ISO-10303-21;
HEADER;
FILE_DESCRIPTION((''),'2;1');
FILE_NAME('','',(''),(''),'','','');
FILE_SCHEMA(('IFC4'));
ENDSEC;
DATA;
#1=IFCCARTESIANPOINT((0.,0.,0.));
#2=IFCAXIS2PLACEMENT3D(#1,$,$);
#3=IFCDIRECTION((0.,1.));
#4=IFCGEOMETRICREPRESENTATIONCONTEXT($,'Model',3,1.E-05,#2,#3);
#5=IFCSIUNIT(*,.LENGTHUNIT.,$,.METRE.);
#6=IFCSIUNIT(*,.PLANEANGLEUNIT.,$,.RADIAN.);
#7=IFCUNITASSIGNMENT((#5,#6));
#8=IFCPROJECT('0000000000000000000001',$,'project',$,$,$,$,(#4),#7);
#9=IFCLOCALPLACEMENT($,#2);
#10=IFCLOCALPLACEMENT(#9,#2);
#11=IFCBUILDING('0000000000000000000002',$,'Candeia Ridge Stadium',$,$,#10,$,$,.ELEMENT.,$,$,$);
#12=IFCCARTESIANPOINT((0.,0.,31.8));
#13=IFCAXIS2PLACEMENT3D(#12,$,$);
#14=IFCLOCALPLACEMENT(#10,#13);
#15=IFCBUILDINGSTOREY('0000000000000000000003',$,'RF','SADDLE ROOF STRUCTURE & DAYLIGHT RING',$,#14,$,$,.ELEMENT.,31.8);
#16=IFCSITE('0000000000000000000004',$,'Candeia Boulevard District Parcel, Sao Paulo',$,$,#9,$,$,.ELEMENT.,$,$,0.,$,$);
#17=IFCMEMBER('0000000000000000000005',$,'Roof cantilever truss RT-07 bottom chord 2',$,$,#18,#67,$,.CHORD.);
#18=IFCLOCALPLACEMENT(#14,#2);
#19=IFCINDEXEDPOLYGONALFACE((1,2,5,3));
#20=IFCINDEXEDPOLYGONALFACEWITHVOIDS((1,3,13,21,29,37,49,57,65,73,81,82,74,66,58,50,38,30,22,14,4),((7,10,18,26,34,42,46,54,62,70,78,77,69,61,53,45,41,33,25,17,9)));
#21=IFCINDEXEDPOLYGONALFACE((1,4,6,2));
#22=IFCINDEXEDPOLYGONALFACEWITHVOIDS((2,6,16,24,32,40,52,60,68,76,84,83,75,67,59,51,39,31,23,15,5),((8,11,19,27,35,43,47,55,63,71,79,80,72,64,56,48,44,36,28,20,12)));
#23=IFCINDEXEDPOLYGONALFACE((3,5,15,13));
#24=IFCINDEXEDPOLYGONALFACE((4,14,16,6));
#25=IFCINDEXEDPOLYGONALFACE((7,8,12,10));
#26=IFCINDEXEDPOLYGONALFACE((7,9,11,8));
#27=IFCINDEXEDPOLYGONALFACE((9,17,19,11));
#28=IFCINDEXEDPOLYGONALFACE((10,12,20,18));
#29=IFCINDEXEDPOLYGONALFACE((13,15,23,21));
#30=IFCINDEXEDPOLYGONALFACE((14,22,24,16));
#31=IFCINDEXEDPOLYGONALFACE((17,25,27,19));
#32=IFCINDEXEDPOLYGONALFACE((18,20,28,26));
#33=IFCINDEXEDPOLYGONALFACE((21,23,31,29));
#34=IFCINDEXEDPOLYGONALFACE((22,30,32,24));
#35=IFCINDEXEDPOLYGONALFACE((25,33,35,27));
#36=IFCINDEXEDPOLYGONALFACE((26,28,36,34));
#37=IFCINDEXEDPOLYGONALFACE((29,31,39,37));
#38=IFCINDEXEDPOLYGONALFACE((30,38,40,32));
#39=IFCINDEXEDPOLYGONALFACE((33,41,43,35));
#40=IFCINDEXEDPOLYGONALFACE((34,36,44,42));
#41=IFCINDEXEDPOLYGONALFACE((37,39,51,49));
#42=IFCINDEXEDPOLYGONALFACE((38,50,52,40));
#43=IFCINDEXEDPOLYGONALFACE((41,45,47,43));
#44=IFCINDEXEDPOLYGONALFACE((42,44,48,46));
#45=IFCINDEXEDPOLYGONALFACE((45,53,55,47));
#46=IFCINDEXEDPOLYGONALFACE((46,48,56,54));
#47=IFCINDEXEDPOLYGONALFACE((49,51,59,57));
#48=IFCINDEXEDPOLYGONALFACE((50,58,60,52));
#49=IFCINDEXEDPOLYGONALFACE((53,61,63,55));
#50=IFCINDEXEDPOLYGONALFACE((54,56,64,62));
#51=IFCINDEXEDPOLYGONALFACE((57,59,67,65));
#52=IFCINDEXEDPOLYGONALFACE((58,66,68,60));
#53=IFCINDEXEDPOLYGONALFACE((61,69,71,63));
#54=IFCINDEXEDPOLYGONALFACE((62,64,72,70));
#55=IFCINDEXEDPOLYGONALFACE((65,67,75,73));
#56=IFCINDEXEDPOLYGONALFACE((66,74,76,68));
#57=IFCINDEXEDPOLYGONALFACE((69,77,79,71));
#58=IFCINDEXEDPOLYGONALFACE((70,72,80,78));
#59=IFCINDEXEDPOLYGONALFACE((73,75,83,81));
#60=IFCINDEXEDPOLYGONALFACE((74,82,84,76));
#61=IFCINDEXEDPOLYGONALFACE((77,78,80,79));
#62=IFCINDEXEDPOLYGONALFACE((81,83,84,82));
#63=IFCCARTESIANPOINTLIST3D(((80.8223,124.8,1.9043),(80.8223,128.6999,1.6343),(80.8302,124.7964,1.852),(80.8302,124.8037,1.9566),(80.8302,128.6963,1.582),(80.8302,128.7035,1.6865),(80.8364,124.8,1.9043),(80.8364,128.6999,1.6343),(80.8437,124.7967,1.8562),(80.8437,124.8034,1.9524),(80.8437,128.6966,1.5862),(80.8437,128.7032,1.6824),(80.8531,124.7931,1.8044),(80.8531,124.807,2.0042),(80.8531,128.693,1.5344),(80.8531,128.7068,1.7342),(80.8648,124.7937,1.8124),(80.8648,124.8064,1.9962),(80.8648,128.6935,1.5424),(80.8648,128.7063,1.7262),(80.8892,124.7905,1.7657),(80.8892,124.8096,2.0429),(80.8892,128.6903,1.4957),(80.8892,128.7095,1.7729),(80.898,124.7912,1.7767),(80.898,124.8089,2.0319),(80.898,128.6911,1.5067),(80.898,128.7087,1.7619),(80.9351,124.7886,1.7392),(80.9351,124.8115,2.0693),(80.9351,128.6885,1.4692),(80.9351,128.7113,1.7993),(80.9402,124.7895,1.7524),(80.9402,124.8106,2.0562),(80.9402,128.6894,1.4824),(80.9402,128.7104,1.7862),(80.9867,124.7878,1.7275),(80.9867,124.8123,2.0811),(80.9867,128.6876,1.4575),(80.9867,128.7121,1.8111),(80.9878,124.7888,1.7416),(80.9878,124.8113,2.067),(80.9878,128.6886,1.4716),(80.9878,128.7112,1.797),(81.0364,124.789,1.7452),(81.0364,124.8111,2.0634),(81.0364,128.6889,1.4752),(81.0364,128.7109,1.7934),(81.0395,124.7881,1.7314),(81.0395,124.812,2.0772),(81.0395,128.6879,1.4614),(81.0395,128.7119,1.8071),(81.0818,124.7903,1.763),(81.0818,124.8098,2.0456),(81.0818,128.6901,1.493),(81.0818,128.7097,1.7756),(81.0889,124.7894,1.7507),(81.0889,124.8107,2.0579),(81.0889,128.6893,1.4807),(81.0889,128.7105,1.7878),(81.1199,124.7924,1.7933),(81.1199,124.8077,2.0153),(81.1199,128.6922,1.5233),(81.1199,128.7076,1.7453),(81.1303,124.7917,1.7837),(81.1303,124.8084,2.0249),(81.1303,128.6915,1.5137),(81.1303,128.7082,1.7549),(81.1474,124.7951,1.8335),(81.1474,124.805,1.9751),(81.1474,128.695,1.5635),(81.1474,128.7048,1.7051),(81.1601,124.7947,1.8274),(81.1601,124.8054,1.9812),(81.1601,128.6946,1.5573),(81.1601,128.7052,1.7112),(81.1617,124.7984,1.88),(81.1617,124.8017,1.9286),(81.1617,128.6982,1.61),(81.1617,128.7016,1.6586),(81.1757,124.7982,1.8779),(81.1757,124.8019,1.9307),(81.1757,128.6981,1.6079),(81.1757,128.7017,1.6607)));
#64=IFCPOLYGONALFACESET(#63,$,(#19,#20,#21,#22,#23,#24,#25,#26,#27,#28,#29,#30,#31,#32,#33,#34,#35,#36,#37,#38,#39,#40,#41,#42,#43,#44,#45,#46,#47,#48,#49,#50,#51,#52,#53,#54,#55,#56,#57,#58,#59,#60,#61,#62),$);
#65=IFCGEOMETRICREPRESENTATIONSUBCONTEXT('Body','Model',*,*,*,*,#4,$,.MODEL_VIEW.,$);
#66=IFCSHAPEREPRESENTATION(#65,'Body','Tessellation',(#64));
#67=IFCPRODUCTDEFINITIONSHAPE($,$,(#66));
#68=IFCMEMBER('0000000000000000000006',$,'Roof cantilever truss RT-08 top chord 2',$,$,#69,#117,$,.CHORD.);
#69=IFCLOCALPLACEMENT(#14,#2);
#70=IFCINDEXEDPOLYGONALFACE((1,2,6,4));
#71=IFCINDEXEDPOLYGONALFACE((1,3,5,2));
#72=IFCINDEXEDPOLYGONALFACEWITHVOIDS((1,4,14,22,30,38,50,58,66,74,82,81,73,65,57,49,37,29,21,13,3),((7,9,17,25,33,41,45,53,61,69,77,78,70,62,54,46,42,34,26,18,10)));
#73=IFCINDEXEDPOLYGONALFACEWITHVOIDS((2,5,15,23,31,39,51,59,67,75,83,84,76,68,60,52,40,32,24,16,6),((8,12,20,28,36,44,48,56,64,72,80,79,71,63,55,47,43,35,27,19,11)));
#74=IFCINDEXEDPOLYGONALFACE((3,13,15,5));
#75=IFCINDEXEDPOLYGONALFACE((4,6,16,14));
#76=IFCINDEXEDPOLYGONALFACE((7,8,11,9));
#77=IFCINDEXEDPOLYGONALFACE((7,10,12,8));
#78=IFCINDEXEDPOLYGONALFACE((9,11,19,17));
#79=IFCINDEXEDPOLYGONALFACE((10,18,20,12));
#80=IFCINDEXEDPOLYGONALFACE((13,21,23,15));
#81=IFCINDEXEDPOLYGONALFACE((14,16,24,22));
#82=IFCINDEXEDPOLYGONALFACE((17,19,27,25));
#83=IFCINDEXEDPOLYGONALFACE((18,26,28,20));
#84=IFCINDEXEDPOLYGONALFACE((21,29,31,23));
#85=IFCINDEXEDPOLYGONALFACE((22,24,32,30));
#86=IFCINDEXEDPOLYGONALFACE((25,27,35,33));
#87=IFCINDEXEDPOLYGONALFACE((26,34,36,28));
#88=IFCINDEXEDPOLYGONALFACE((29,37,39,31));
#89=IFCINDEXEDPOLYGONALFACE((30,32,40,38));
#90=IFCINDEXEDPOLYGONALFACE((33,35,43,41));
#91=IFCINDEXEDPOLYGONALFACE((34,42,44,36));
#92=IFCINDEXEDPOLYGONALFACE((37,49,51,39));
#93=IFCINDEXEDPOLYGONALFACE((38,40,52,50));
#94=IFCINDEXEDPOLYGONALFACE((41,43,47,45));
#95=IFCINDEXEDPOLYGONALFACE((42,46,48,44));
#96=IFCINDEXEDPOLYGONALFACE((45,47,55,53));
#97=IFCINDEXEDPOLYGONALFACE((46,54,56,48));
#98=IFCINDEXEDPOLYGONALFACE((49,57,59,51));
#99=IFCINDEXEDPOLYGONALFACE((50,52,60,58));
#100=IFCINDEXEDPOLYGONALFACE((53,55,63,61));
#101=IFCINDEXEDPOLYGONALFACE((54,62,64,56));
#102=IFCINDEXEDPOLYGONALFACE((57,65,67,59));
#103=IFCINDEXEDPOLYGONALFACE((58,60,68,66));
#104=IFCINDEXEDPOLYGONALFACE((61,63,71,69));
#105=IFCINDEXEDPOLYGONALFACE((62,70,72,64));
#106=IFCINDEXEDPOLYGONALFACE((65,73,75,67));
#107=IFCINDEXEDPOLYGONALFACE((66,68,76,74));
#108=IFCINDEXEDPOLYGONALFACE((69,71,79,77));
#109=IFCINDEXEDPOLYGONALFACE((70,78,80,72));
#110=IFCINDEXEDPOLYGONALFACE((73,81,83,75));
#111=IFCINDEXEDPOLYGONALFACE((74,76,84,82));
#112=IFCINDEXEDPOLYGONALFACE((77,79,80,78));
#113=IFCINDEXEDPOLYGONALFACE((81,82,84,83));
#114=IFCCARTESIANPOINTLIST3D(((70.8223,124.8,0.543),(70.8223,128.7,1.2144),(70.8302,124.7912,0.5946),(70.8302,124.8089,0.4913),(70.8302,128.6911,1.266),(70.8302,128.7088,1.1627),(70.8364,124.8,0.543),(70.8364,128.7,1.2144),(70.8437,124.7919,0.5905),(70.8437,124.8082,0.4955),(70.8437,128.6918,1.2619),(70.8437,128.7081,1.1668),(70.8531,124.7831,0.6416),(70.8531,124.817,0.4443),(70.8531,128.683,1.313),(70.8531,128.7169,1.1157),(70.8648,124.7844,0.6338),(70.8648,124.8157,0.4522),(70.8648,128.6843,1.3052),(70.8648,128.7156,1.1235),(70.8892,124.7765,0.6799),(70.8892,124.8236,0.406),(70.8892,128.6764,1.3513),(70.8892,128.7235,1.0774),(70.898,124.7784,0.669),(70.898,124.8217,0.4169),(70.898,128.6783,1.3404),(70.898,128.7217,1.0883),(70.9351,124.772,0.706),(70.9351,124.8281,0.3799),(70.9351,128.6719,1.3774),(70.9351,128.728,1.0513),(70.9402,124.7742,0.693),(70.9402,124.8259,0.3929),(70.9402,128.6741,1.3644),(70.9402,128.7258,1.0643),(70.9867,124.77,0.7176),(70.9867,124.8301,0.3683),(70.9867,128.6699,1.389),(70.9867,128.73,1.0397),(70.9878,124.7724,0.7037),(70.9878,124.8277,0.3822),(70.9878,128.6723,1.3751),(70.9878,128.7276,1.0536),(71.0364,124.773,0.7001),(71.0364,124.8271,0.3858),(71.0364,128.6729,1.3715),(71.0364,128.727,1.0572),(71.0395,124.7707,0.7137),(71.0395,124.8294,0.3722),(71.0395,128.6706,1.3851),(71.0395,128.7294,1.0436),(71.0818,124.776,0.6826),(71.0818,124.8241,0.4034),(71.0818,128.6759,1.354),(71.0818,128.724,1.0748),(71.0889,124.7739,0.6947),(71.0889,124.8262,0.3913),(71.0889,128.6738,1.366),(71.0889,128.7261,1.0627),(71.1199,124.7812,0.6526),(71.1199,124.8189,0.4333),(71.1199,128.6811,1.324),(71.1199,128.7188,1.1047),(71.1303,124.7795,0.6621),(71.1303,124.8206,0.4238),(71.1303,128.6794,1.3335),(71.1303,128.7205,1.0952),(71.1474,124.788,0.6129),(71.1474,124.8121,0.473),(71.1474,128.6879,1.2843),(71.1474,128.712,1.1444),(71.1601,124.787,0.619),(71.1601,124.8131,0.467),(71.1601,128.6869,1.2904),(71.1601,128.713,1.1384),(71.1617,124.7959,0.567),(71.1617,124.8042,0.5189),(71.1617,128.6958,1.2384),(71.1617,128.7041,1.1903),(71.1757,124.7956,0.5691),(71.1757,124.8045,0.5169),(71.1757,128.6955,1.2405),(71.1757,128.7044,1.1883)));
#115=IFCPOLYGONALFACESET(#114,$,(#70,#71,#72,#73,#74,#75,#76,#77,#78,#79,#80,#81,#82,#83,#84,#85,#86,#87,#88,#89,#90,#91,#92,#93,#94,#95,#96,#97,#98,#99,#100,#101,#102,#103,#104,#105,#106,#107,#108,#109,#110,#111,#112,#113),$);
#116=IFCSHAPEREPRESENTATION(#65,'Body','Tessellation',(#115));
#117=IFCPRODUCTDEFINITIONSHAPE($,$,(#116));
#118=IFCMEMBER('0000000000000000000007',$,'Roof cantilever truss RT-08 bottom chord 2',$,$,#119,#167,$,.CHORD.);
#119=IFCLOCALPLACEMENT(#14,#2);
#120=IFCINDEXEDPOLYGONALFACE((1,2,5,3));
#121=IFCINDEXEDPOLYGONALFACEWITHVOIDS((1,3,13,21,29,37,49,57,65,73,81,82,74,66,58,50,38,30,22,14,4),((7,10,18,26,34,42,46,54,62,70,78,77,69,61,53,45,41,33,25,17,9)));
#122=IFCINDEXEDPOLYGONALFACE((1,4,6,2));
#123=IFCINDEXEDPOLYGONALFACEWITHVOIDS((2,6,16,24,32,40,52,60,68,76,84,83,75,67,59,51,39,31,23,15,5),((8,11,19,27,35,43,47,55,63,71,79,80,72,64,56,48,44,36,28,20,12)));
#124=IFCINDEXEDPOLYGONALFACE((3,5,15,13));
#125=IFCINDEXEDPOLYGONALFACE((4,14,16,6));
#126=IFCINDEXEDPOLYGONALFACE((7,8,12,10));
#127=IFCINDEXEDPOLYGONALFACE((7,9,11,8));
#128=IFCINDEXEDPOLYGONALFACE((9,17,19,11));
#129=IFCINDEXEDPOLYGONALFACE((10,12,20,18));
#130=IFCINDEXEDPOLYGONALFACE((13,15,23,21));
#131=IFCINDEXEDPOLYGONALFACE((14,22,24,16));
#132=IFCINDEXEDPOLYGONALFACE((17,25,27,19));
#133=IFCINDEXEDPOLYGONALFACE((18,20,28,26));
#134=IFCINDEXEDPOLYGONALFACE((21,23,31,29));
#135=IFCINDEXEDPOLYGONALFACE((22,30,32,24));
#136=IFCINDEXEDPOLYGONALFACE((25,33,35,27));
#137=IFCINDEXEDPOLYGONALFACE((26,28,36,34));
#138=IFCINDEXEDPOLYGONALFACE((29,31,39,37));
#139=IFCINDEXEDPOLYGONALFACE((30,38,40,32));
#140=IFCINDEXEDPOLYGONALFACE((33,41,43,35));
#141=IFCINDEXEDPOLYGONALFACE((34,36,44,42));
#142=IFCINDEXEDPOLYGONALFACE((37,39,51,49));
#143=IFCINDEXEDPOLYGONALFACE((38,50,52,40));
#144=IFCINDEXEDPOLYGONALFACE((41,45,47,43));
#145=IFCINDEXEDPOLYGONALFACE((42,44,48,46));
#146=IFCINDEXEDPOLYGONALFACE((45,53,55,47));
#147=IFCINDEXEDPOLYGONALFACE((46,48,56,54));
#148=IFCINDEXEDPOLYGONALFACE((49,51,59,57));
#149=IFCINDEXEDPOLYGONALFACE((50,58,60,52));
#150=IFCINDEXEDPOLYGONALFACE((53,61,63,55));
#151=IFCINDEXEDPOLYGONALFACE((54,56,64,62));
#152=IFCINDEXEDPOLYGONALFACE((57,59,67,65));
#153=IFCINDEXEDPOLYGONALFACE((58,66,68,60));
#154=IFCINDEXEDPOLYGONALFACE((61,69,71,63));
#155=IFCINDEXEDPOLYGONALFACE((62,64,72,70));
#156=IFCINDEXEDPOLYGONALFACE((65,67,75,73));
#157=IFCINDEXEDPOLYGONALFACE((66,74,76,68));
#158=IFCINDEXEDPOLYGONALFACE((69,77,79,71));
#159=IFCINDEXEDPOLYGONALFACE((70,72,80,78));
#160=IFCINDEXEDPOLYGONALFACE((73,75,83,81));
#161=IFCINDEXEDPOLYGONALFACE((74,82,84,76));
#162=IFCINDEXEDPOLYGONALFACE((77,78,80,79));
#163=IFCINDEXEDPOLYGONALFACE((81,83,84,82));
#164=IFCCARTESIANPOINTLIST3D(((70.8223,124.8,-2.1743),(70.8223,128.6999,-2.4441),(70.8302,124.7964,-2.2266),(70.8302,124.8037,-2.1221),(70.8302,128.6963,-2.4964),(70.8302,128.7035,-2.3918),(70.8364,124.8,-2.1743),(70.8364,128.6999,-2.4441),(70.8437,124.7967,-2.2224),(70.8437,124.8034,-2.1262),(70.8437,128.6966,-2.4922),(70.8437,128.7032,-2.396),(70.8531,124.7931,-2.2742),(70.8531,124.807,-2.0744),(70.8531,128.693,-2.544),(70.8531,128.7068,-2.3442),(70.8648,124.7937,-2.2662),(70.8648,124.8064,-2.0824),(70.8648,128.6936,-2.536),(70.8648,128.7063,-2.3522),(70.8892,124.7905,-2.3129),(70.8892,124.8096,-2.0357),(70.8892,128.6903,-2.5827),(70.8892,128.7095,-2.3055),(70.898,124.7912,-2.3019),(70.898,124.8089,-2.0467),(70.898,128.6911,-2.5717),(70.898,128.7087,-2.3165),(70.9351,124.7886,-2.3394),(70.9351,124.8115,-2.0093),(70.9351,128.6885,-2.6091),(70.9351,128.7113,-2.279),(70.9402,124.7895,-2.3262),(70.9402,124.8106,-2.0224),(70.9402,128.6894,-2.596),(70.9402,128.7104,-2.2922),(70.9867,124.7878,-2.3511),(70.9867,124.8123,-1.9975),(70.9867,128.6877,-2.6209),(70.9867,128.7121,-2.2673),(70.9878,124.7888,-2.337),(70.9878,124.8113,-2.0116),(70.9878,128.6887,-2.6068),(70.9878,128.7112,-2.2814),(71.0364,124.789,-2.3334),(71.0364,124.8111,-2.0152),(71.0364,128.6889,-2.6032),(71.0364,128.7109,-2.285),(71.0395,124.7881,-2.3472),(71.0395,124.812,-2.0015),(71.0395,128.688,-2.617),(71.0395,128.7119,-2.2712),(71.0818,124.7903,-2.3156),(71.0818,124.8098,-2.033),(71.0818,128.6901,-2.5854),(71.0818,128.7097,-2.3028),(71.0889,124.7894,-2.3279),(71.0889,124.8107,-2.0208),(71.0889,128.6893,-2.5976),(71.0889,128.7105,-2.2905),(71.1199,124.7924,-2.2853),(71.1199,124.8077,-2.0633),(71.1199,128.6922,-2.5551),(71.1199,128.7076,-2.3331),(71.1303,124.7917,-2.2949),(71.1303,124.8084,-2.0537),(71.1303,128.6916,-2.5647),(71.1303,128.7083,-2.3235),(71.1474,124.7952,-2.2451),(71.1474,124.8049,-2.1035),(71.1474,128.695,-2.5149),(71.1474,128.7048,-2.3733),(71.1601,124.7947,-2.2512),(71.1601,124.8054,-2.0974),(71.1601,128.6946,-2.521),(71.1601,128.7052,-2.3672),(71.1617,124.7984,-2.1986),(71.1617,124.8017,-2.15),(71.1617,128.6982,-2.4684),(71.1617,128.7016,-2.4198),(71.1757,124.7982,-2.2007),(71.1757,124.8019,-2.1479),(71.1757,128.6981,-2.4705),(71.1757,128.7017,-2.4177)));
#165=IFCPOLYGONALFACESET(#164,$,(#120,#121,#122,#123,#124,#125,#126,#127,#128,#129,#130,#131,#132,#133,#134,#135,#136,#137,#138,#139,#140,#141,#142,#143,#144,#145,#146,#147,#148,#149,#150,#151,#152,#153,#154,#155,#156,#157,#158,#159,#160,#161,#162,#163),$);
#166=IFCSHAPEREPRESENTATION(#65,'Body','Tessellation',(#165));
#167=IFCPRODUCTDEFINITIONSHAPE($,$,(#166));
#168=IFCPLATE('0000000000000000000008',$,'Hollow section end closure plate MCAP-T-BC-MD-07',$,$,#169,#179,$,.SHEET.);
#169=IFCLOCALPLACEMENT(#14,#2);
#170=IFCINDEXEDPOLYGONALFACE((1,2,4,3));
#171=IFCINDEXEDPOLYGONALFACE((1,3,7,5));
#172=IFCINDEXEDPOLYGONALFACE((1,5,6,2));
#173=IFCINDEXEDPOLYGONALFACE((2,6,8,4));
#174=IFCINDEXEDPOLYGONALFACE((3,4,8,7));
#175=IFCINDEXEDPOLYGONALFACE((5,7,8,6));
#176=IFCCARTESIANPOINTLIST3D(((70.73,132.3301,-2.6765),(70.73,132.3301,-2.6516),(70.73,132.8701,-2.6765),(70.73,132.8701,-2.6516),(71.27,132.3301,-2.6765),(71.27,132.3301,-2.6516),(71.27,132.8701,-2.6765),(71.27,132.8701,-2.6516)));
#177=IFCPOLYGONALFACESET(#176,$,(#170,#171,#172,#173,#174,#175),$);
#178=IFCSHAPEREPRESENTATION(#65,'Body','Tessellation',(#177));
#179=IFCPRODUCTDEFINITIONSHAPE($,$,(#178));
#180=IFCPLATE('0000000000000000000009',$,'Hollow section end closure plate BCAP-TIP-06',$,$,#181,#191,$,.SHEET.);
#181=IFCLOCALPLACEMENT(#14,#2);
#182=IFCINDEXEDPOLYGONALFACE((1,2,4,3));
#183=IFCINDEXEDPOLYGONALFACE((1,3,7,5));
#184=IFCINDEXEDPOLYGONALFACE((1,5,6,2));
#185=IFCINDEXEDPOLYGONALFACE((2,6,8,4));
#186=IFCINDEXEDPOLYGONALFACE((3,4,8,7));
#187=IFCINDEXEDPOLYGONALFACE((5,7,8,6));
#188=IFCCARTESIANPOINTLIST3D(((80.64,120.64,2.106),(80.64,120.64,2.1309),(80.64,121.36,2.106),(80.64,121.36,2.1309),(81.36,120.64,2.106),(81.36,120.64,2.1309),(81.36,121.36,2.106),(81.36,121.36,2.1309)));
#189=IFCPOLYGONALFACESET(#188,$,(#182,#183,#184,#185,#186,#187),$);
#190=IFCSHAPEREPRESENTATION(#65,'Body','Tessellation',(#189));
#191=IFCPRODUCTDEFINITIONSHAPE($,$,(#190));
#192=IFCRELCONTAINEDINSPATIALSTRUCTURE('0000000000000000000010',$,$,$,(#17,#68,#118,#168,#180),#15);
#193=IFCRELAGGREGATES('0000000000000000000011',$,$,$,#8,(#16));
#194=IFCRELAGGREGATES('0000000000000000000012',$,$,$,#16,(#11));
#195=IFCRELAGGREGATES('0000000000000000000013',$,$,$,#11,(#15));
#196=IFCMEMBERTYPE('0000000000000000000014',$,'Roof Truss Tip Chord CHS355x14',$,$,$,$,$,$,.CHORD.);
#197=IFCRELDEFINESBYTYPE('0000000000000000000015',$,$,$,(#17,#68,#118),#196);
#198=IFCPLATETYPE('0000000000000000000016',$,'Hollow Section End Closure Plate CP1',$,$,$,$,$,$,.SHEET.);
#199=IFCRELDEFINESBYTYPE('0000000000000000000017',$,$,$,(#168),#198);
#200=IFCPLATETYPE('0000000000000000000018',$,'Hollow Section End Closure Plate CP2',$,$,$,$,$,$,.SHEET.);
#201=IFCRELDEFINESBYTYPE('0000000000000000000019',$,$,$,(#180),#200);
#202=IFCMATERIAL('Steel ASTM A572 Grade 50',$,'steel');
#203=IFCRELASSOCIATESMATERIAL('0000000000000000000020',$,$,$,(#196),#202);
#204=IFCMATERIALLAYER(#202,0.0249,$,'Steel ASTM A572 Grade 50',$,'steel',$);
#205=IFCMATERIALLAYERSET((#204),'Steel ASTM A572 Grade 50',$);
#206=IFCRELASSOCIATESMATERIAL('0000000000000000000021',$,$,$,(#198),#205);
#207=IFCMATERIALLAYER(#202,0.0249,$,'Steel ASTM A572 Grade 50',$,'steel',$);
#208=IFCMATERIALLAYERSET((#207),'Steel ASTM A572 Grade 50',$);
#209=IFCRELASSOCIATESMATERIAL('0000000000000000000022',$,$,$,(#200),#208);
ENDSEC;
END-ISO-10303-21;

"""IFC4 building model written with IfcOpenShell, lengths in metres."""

from ifc_helpers import new_model, si_unit, direction, frame, origin, origin_2d, place, context, subcontext, project, spatial, rectangle, hollow_circle, extrude, material, layer, layer_set, material_profile, profile_set, type_object, element, save


model = new_model("IFC4")

# Units and contexts
model_context = context("Model", 3, precision=1e-05, world=origin(), true_north=direction((0.0, 1.0)))
body_context = subcontext(model_context, "Body", "Model", "MODEL_VIEW")
ifc_project = project(units=[si_unit("LENGTHUNIT", "METRE"), si_unit("PLANEANGLEUNIT", "RADIAN")], contexts=[model_context])

# Site, building, storey
site_placement = place(None, origin())
site = spatial("IfcSite", under=ifc_project, at=site_placement, Name="Candeia Boulevard District Parcel, Sao Paulo", CompositionType="ELEMENT", RefElevation=0.0)
building_placement = place(site_placement, origin())
building = spatial("IfcBuilding", under=site, at=building_placement, Name="Candeia Ridge Stadium", CompositionType="ELEMENT")
storey_placement = place(building_placement, frame((0.0, 0.0, 31.8)))
storey = spatial("IfcBuildingStorey", under=building, at=storey_placement, Name="RF", Description="SADDLE ROOF STRUCTURE & DAYLIGHT RING", CompositionType="ELEMENT", Elevation=31.8)

# Shared definitions
ifc_material_1 = material(Name="Steel ASTM A572 Grade 50", Category="steel")

# Members
ifc_material_profile_1 = material_profile(ifc_material_1, hollow_circle(Radius=0.1777, WallThickness=0.0142, at=origin_2d()), Name="CHS355x14", Category="steel")
ifc_profile_set_1 = profile_set([ifc_material_profile_1], Name="Steel ASTM A572 Grade 50")
member_type_1 = type_object("IfcMemberType", Name="Roof Truss Tip Chord CHS355x14", PredefinedType="CHORD", material=ifc_profile_set_1)
member_1_placement = place(storey_placement, frame((81.0, 124.8, 1.9043), z_axis=(0.0, 0.997612, -0.069072), x_axis=(-1.0, 0.0, 0.0)))
element("IfcMember", 1, at=member_1_placement, inside=storey, type_object=member_type_1, Name="Roof cantilever truss RT-07 bottom chord 2", PredefinedType="CHORD", context=body_context, shape_type="SweptSolid", body=[
    extrude(hollow_circle(Radius=0.1777, WallThickness=0.0142, at=origin_2d()), origin(), (0.0, 0.0, 1.0), 3.9092),
])
member_2_placement = place(storey_placement, frame((71.0, 124.8, 0.543), z_axis=(0.0, 0.985503, 0.169659), x_axis=(-1.0, 0.0, 0.0)))
element("IfcMember", 2, at=member_2_placement, inside=storey, type_object=member_type_1, Name="Roof cantilever truss RT-08 top chord 2", PredefinedType="CHORD", context=body_context, shape_type="SweptSolid", body=[
    extrude(hollow_circle(Radius=0.1777, WallThickness=0.0142, at=origin_2d()), origin(), (0.0, 0.0, 1.0), 3.9573),
])
member_3_placement = place(storey_placement, frame((71.0, 124.8, -2.1743), z_axis=(0.0, 0.997616, -0.06901), x_axis=(-1.0, 0.0, 0.0)))
element("IfcMember", 3, at=member_3_placement, inside=storey, type_object=member_type_1, Name="Roof cantilever truss RT-08 bottom chord 2", PredefinedType="CHORD", context=body_context, shape_type="SweptSolid", body=[
    extrude(hollow_circle(Radius=0.1777, WallThickness=0.0142, at=origin_2d()), origin(), (0.0, 0.0, 1.0), 3.9092),
])

# Plates
ifc_layer_1 = layer(ifc_material_1, 0.0249, Name="Steel ASTM A572 Grade 50", Category="steel")
ifc_layer_set_1 = layer_set([ifc_layer_1], Name="Steel ASTM A572 Grade 50")
plate_type_1 = type_object("IfcPlateType", Name="Hollow Section End Closure Plate CP1", PredefinedType="SHEET", material=ifc_layer_set_1)
plate_1_placement = place(storey_placement, frame((71.0, 132.6001, -2.6765), z_axis=(0.0, 0.0, 1.0), x_axis=(1.0, 0.0, 0.0)))
element("IfcPlate", 4, at=plate_1_placement, inside=storey, type_object=plate_type_1, Name="Hollow section end closure plate MCAP-T-BC-MD-07", PredefinedType="SHEET", context=body_context, shape_type="SweptSolid", body=[
    extrude(rectangle(XDim=0.54, YDim=0.54, at=origin_2d()), origin(), (0.0, 0.0, 1.0), 0.0249),
])
ifc_layer_2 = layer(ifc_material_1, 0.0249, Name="Steel ASTM A572 Grade 50", Category="steel")
ifc_layer_set_2 = layer_set([ifc_layer_2], Name="Steel ASTM A572 Grade 50")
plate_type_2 = type_object("IfcPlateType", Name="Hollow Section End Closure Plate CP2", PredefinedType="SHEET", material=ifc_layer_set_2)
plate_2_placement = place(storey_placement, frame((81.0, 121.0, 2.106), z_axis=(0.0, 0.0, 1.0), x_axis=(1.0, 0.0, 0.0)))
element("IfcPlate", 5, at=plate_2_placement, inside=storey, type_object=plate_type_2, Name="Hollow section end closure plate BCAP-TIP-06", PredefinedType="SHEET", context=body_context, shape_type="SweptSolid", body=[
    extrude(rectangle(XDim=0.72, YDim=0.72, at=origin_2d()), origin(), (0.0, 0.0, 1.0), 0.0249),
])

save(model, "model.ifc")
